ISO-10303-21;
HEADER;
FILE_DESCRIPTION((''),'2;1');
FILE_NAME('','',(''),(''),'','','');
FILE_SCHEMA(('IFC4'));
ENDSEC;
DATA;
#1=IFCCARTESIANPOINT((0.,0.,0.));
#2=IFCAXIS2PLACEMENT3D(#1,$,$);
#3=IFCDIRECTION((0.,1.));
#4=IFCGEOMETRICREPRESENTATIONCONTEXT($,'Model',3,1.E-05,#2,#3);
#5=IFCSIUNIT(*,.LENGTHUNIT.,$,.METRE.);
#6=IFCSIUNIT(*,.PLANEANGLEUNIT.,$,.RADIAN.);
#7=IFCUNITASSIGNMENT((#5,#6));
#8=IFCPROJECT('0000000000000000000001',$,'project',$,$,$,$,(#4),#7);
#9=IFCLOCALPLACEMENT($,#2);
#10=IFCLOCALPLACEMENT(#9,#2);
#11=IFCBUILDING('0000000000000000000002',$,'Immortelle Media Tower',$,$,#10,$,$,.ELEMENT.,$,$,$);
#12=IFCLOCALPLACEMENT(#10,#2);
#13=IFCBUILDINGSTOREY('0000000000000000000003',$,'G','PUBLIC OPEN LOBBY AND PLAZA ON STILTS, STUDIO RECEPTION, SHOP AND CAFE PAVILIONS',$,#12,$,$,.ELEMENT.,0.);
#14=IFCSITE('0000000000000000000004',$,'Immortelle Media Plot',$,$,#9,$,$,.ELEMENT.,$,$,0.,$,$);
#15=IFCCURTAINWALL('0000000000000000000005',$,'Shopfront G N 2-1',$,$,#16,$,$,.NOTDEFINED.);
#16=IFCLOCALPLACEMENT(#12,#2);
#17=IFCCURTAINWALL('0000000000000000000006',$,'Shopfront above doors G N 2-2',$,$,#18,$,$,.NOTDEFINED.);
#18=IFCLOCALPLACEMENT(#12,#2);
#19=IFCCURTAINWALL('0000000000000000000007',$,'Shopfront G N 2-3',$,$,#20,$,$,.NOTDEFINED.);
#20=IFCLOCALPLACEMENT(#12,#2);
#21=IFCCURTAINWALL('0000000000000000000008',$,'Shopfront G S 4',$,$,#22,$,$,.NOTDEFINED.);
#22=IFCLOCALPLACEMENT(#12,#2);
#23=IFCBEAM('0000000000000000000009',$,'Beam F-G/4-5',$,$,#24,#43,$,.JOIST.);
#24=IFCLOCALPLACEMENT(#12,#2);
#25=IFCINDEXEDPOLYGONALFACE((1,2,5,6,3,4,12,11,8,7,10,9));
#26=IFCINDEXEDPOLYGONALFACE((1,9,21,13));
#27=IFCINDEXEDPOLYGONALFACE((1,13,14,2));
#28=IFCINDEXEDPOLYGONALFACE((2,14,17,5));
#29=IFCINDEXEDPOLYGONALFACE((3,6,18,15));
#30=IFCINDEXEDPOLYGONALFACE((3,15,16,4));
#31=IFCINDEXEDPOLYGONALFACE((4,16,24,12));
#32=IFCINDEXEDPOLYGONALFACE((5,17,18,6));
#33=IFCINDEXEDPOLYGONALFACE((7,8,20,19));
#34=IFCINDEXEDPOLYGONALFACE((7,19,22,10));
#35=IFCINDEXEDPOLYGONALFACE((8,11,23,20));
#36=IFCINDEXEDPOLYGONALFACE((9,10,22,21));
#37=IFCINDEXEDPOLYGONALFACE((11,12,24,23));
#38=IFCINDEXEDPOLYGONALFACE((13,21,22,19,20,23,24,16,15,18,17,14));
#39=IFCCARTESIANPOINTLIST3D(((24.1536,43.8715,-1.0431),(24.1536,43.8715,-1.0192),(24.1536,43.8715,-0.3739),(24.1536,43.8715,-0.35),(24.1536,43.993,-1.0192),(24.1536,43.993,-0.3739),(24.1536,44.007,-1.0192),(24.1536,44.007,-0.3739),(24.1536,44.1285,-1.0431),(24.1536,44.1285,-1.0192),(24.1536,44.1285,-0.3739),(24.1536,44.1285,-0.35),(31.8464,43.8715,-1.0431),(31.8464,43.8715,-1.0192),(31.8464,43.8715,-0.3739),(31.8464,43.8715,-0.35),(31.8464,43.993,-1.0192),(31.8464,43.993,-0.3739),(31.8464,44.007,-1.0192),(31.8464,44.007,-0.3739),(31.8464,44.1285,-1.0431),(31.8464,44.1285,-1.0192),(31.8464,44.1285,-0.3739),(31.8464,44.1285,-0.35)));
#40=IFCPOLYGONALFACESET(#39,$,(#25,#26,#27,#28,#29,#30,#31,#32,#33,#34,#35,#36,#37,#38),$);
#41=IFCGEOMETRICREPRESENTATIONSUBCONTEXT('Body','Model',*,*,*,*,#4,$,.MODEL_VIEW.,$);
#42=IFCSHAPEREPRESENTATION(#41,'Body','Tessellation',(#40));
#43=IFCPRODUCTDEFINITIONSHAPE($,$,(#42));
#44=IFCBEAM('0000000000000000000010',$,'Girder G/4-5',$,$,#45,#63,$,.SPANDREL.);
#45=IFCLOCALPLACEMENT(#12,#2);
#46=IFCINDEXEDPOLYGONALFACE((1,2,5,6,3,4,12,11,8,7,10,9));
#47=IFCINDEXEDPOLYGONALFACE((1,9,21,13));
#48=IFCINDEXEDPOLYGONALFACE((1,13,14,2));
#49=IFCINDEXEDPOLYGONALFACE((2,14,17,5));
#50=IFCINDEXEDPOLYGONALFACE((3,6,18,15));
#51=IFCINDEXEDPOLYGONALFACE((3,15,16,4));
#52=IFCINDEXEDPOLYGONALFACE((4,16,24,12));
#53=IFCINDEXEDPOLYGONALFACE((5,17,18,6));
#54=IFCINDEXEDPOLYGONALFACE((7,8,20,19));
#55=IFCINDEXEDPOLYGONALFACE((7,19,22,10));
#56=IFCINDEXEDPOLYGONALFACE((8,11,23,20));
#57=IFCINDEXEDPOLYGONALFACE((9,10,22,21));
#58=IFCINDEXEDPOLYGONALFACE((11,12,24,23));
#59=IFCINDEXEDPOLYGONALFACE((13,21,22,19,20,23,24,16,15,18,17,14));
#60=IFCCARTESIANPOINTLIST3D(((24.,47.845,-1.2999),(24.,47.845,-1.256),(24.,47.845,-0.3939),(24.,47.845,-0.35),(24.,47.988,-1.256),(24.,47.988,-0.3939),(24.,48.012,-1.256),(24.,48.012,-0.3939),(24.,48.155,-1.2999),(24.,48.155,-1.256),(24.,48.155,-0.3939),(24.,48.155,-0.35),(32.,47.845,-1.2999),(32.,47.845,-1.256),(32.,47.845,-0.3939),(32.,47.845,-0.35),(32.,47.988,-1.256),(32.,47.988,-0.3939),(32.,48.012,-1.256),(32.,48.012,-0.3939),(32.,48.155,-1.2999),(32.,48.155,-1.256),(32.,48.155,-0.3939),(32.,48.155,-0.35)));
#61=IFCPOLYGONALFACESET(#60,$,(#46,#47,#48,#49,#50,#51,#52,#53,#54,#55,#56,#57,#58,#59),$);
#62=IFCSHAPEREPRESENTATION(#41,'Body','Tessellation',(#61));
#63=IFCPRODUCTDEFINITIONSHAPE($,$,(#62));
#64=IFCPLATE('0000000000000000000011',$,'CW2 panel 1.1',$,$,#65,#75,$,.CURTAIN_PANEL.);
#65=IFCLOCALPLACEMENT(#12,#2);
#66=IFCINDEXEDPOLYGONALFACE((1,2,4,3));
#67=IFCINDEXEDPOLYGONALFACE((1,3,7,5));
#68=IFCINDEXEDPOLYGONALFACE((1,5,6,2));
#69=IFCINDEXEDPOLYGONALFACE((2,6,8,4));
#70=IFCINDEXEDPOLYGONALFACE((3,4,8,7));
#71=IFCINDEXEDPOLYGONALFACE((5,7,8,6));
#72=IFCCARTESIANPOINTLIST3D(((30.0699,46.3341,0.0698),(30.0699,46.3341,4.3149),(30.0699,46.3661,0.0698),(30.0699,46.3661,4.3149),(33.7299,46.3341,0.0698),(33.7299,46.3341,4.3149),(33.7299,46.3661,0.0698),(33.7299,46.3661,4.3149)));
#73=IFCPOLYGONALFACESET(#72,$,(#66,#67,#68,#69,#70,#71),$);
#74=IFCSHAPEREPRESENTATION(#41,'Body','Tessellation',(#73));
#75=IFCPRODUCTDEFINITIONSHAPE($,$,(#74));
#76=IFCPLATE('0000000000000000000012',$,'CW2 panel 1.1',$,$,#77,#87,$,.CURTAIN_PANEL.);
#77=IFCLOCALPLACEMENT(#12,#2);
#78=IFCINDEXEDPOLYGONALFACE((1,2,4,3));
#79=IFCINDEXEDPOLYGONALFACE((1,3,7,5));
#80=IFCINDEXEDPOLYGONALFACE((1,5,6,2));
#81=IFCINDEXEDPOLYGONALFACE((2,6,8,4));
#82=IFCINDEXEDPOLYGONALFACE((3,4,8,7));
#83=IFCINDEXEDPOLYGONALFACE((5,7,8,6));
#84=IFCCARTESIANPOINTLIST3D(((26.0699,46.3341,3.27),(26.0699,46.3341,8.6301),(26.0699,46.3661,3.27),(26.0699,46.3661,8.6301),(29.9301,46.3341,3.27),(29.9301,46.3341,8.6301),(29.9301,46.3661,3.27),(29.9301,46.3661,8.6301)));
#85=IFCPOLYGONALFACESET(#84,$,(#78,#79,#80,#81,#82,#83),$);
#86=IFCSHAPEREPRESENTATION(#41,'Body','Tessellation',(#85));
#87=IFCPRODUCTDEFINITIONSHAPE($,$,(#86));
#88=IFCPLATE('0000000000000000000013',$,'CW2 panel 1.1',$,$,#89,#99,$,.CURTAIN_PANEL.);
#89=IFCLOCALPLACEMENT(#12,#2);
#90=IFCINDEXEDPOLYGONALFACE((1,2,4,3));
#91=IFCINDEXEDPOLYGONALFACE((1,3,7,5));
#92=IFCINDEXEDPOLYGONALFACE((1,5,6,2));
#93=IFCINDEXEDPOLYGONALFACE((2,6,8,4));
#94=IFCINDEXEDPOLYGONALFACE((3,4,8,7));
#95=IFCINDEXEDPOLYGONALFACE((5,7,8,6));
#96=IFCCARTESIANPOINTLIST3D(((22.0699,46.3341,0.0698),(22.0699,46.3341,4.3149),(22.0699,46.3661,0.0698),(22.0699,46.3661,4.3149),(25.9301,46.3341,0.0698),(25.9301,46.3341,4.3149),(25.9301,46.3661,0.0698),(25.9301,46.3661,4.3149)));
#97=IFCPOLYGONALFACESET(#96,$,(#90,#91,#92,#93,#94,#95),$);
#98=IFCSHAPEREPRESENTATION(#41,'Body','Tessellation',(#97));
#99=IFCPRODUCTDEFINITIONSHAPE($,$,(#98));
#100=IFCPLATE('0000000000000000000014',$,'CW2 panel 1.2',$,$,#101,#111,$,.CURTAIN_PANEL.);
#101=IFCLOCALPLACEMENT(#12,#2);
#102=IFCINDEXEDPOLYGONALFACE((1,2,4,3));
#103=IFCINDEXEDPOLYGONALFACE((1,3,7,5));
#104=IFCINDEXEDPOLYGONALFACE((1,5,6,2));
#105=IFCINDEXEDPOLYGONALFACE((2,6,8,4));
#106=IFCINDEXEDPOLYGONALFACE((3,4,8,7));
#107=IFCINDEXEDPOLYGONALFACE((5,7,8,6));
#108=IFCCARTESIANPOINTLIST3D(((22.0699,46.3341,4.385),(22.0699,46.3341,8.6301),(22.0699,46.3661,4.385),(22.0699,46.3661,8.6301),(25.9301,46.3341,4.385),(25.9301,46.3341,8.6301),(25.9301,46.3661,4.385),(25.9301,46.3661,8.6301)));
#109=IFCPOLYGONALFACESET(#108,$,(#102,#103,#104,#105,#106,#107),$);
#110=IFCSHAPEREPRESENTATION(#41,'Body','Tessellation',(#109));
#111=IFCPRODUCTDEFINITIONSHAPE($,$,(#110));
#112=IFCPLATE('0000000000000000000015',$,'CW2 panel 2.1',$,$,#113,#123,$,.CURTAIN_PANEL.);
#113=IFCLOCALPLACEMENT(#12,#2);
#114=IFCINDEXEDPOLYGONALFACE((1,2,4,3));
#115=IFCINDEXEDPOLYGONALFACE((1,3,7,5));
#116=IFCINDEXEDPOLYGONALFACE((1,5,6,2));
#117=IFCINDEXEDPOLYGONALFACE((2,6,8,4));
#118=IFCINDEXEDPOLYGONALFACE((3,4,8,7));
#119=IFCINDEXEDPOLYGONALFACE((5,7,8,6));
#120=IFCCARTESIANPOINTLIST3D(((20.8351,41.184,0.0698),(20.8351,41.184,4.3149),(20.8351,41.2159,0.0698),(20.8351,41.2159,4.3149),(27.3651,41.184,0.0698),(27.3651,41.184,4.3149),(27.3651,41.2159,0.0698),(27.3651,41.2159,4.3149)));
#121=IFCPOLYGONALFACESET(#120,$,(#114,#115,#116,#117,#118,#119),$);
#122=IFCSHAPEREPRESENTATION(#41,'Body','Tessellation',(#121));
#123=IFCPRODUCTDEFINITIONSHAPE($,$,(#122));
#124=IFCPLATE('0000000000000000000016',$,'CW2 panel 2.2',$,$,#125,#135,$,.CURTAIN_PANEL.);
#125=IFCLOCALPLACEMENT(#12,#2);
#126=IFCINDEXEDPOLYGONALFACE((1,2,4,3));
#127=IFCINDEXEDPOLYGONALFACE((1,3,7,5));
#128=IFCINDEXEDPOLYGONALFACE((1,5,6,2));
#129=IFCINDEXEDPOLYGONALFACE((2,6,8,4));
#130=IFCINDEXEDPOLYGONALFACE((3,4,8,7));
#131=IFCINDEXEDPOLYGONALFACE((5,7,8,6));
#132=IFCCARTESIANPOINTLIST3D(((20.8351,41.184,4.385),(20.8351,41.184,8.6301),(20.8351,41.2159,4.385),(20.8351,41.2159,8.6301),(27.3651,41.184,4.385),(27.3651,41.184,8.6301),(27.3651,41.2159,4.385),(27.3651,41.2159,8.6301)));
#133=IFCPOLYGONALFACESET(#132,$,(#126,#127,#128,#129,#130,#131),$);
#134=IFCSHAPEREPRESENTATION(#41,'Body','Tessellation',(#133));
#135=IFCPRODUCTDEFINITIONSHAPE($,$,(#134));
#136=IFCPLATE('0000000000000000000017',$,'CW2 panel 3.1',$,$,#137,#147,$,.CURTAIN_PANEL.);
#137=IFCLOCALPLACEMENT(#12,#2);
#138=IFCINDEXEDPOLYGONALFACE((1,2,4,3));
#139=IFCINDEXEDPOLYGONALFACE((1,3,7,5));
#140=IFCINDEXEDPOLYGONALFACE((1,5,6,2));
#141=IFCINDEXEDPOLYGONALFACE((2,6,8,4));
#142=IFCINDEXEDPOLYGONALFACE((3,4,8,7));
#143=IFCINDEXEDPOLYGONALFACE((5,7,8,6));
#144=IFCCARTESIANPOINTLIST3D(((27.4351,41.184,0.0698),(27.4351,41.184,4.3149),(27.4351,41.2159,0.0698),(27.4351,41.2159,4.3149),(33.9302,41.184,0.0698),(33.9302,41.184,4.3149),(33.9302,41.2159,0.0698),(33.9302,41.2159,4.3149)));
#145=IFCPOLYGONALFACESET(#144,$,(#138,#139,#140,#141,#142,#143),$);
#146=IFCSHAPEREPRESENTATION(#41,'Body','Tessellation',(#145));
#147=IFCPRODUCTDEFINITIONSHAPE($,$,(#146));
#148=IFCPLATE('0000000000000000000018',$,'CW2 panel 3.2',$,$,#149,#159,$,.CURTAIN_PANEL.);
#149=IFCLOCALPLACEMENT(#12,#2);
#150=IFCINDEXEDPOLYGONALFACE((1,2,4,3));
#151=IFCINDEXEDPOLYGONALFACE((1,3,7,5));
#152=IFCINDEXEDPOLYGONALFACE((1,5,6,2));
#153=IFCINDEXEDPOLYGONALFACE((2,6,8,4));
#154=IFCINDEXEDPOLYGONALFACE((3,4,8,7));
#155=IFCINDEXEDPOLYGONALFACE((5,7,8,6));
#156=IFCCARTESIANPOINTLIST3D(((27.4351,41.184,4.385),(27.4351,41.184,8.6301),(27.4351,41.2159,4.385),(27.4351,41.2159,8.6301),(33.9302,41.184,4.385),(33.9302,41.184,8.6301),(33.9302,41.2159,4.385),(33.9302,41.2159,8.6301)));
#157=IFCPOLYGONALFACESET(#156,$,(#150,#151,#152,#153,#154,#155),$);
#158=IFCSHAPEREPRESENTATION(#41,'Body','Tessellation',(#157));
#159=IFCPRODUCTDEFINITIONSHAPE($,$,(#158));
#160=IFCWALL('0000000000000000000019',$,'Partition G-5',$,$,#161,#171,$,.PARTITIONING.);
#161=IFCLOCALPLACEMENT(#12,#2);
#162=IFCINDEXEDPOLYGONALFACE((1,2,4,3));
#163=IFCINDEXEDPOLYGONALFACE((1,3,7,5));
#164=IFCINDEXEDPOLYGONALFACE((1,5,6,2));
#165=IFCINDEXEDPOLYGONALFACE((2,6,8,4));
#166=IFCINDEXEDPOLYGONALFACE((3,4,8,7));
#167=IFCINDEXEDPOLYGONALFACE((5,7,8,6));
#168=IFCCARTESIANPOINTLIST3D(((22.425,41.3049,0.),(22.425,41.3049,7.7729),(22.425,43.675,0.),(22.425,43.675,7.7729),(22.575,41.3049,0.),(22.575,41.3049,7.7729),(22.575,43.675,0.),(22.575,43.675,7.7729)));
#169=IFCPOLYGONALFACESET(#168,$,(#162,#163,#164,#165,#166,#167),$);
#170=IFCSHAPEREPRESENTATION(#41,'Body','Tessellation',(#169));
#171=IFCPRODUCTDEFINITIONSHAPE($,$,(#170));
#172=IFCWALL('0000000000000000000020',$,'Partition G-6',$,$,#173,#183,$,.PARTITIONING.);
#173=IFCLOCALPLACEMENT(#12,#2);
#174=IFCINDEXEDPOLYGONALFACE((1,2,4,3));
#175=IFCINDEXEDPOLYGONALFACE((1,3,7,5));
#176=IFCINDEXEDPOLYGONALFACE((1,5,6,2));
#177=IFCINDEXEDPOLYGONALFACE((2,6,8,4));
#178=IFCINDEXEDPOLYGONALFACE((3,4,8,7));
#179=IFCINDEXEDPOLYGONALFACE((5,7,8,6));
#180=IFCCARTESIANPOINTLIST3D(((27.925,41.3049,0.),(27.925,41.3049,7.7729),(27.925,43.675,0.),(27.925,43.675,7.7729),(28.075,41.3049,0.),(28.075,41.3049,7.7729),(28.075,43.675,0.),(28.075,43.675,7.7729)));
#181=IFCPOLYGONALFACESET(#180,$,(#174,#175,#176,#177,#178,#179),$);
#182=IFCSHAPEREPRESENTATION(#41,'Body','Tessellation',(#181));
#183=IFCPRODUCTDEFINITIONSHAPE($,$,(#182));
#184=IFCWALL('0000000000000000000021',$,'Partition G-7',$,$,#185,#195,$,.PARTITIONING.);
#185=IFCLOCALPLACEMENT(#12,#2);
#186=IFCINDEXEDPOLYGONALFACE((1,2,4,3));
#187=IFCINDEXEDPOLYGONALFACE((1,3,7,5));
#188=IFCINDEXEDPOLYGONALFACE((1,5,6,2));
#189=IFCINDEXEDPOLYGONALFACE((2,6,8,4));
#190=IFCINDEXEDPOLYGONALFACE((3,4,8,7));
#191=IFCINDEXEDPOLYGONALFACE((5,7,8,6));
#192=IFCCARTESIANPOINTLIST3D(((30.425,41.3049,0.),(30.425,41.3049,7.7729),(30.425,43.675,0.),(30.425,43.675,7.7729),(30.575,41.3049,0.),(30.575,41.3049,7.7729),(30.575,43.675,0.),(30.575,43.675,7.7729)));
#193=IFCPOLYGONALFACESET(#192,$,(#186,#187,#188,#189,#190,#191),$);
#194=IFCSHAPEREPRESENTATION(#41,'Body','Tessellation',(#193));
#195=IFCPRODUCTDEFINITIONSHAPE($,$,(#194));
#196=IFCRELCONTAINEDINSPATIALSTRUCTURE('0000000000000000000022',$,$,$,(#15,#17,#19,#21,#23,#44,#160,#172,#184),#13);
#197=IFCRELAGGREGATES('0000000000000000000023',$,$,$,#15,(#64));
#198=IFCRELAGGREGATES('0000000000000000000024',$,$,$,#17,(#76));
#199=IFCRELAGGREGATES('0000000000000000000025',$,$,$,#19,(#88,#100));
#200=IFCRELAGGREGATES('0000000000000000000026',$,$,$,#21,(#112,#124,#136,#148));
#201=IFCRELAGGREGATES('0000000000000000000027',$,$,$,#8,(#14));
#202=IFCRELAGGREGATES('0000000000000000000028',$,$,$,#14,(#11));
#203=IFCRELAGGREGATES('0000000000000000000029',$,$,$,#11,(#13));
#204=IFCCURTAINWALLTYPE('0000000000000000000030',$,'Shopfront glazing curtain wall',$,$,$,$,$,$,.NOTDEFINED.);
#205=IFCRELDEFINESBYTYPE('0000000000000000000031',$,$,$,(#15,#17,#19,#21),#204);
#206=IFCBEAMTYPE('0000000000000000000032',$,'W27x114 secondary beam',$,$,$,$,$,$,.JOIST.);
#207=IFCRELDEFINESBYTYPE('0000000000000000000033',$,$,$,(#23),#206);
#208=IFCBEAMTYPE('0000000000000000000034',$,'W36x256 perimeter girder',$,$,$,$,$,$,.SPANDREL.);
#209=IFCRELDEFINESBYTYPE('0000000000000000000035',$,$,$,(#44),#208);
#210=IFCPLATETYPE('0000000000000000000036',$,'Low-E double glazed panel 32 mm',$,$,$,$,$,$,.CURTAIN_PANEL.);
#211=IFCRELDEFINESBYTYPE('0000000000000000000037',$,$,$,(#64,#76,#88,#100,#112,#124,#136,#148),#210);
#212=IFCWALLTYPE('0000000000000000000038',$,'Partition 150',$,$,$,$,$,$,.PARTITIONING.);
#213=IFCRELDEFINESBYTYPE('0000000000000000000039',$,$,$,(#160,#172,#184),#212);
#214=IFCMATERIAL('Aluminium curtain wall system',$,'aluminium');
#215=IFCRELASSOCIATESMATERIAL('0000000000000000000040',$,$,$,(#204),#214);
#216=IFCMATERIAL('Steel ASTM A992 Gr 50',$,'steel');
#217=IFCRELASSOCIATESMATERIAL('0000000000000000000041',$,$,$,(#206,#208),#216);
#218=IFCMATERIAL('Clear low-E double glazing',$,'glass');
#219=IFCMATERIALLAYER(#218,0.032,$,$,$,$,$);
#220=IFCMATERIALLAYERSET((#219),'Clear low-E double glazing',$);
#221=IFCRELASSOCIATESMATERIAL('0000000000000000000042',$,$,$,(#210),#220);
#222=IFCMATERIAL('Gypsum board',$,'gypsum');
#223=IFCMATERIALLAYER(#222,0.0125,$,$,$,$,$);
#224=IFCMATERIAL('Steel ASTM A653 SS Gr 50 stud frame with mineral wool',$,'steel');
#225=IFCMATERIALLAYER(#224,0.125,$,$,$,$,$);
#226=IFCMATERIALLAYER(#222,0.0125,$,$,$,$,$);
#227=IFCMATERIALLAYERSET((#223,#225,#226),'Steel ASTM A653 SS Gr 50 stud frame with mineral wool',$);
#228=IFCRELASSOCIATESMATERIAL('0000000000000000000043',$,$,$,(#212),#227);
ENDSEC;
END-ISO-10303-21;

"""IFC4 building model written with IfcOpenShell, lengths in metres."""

from ifc_helpers import new_model, si_unit, direction, frame, frame_2d, origin, origin_2d, place, context, subcontext, project, spatial, rectangle, i_section, extrude, material, layer, layer_set, material_profile, profile_set, type_object, element, aggregate, save


model = new_model("IFC4")

# Units and contexts
model_context = context("Model", 3, precision=1e-05, world=origin(), true_north=direction((0.0, 1.0)))
body_context = subcontext(model_context, "Body", "Model", "MODEL_VIEW")
ifc_project = project(units=[si_unit("LENGTHUNIT", "METRE"), si_unit("PLANEANGLEUNIT", "RADIAN")], contexts=[model_context])

# Site, building, storey
site_placement = place(None, origin())
site = spatial("IfcSite", under=ifc_project, at=site_placement, Name="Immortelle Media Plot", CompositionType="ELEMENT", RefElevation=0.0)
building_placement = place(site_placement, origin())
building = spatial("IfcBuilding", under=site, at=building_placement, Name="Immortelle Media Tower", CompositionType="ELEMENT")
storey_placement = place(building_placement, origin())
storey = spatial("IfcBuildingStorey", under=building, at=storey_placement, Name="G", Description="PUBLIC OPEN LOBBY AND PLAZA ON STILTS, STUDIO RECEPTION, SHOP AND CAFE PAVILIONS", CompositionType="ELEMENT", Elevation=0.0)

# Curtain wall
ifc_material_1 = material(Name="Aluminium curtain wall system", Category="aluminium")
curtain_wall_type = type_object("IfcCurtainWallType", Name="Shopfront glazing curtain wall", PredefinedType="NOTDEFINED", material=ifc_material_1)
curtain_wall_1_placement = place(storey_placement, origin())
curtain_wall_1 = element("IfcCurtainWall", 1, at=curtain_wall_1_placement, inside=storey, type_object=curtain_wall_type, Name="Shopfront G N 2-1", PredefinedType="NOTDEFINED")

# Curtain wall
curtain_wall_2_placement = place(storey_placement, origin())
curtain_wall_2 = element("IfcCurtainWall", 2, at=curtain_wall_2_placement, inside=storey, type_object=curtain_wall_type, Name="Shopfront above doors G N 2-2", PredefinedType="NOTDEFINED")

# Curtain walls
curtain_wall_3_placement = place(storey_placement, origin())
curtain_wall_3 = element("IfcCurtainWall", 3, at=curtain_wall_3_placement, inside=storey, type_object=curtain_wall_type, Name="Shopfront G N 2-3", PredefinedType="NOTDEFINED")
curtain_wall_4_placement = place(storey_placement, origin())
curtain_wall_4 = element("IfcCurtainWall", 4, at=curtain_wall_4_placement, inside=storey, type_object=curtain_wall_type, Name="Shopfront G S 4", PredefinedType="NOTDEFINED")

# Beams
ifc_material_2 = material(Name="Steel ASTM A992 Gr 50", Category="steel")
ifc_material_profile_1 = material_profile(ifc_material_2, i_section(OverallWidth=0.2571, OverallDepth=0.6931, WebThickness=0.0139, FlangeThickness=0.0239, at=origin_2d()), Name="W27x114")
ifc_profile_set_1 = profile_set([ifc_material_profile_1], Name="Steel ASTM A992 Gr 50")
beam_type_1 = type_object("IfcBeamType", Name="W27x114 secondary beam", PredefinedType="JOIST", material=ifc_profile_set_1)
beam_1_placement = place(storey_placement, frame((24.1536, 44.0, -0.6965), z_axis=(1.0, 0.0, 0.0), x_axis=(0.0, 1.0, 0.0)))
element("IfcBeam", 5, at=beam_1_placement, inside=storey, type_object=beam_type_1, Name="Beam F-G/4-5", PredefinedType="JOIST", context=body_context, shape_type="SweptSolid", body=[
    extrude(i_section(OverallWidth=0.2571, OverallDepth=0.6931, WebThickness=0.0139, FlangeThickness=0.0239, at=origin_2d()), origin(), (0.0, 0.0, 1.0), 7.6929),
])
ifc_material_profile_2 = material_profile(ifc_material_2, i_section(OverallWidth=0.3101, OverallDepth=0.95, WebThickness=0.0239, FlangeThickness=0.0439, at=origin_2d()), Name="W36x256")
ifc_profile_set_2 = profile_set([ifc_material_profile_2], Name="Steel ASTM A992 Gr 50")
beam_type_2 = type_object("IfcBeamType", Name="W36x256 perimeter girder", PredefinedType="SPANDREL", material=ifc_profile_set_2)
beam_2_placement = place(storey_placement, frame((24.0, 48.0, -0.825), z_axis=(1.0, 0.0, 0.0), x_axis=(0.0, 1.0, 0.0)))
element("IfcBeam", 6, at=beam_2_placement, inside=storey, type_object=beam_type_2, Name="Girder G/4-5", PredefinedType="SPANDREL", context=body_context, shape_type="SweptSolid", body=[
    extrude(i_section(OverallWidth=0.3101, OverallDepth=0.95, WebThickness=0.0239, FlangeThickness=0.0439, at=origin_2d()), origin(), (0.0, 0.0, 1.0), 8.0),
])

# Plates
ifc_material_3 = material(Name="Clear low-E double glazing", Category="glass")
ifc_layer_1 = layer(ifc_material_3, 0.032)
ifc_layer_set_1 = layer_set([ifc_layer_1], Name="Clear low-E double glazing")
plate_type = type_object("IfcPlateType", Name="Low-E double glazed panel 32 mm", PredefinedType="CURTAIN_PANEL", material=ifc_layer_set_1)
plate_1_placement = place(storey_placement, frame((31.8999, 46.3501, 0.0698), z_axis=(0.0, 0.0, 1.0), x_axis=(-1.0, 0.0, 0.0)))
plate_1 = element("IfcPlate", 7, at=plate_1_placement, type_object=plate_type, Name="CW2 panel 1.1", PredefinedType="CURTAIN_PANEL", context=body_context, shape_type="SweptSolid", body=[
    extrude(rectangle(XDim=3.6599, YDim=0.032, at=origin_2d()), origin(), (0.0, 0.0, 1.0), 4.2451),
])
aggregate(curtain_wall_1, [plate_1])
plate_2_placement = place(storey_placement, frame((28.0, 46.3501, 3.27), z_axis=(0.0, 0.0, 1.0), x_axis=(-1.0, 0.0, 0.0)))
plate_2 = element("IfcPlate", 8, at=plate_2_placement, type_object=plate_type, Name="CW2 panel 1.1", PredefinedType="CURTAIN_PANEL", context=body_context, shape_type="SweptSolid", body=[
    extrude(rectangle(XDim=3.8601, YDim=0.032, at=origin_2d()), origin(), (0.0, 0.0, 1.0), 5.3601),
])
aggregate(curtain_wall_2, [plate_2])
plate_3_placement = place(storey_placement, frame((24.0, 46.3501, 0.0698), z_axis=(0.0, 0.0, 1.0), x_axis=(-1.0, 0.0, 0.0)))
plate_3 = element("IfcPlate", 9, at=plate_3_placement, type_object=plate_type, Name="CW2 panel 1.1", PredefinedType="CURTAIN_PANEL", context=body_context, shape_type="SweptSolid", body=[
    extrude(rectangle(XDim=3.8601, YDim=0.032, at=origin_2d()), origin(), (0.0, 0.0, 1.0), 4.2451),
])
plate_4_placement = place(storey_placement, frame((24.0, 46.3501, 4.385), z_axis=(0.0, 0.0, 1.0), x_axis=(-1.0, 0.0, 0.0)))
plate_4 = element("IfcPlate", 10, at=plate_4_placement, type_object=plate_type, Name="CW2 panel 1.2", PredefinedType="CURTAIN_PANEL", context=body_context, shape_type="SweptSolid", body=[
    extrude(rectangle(XDim=3.8601, YDim=0.032, at=origin_2d()), origin(), (0.0, 0.0, 1.0), 4.2451),
])
aggregate(curtain_wall_3, [plate_3, plate_4])
plate_5_placement = place(storey_placement, frame((24.1001, 41.2, 0.0698), z_axis=(0.0, 0.0, 1.0), x_axis=(1.0, 0.0, 0.0)))
plate_5 = element("IfcPlate", 11, at=plate_5_placement, type_object=plate_type, Name="CW2 panel 2.1", PredefinedType="CURTAIN_PANEL", context=body_context, shape_type="SweptSolid", body=[
    extrude(rectangle(XDim=6.53, YDim=0.032, at=origin_2d()), origin(), (0.0, 0.0, 1.0), 4.2451),
])
plate_6_placement = place(storey_placement, frame((24.1001, 41.2, 4.385), z_axis=(0.0, 0.0, 1.0), x_axis=(1.0, 0.0, 0.0)))
plate_6 = element("IfcPlate", 12, at=plate_6_placement, type_object=plate_type, Name="CW2 panel 2.2", PredefinedType="CURTAIN_PANEL", context=body_context, shape_type="SweptSolid", body=[
    extrude(rectangle(XDim=6.53, YDim=0.032, at=origin_2d()), origin(), (0.0, 0.0, 1.0), 4.2451),
])
plate_7_placement = place(storey_placement, frame((30.6826, 41.2, 0.0698), z_axis=(0.0, 0.0, 1.0), x_axis=(1.0, 0.0, 0.0)))
plate_7 = element("IfcPlate", 13, at=plate_7_placement, type_object=plate_type, Name="CW2 panel 3.1", PredefinedType="CURTAIN_PANEL", context=body_context, shape_type="SweptSolid", body=[
    extrude(rectangle(XDim=6.4951, YDim=0.032, at=origin_2d()), origin(), (0.0, 0.0, 1.0), 4.2451),
])
plate_8_placement = place(storey_placement, frame((30.6826, 41.2, 4.385), z_axis=(0.0, 0.0, 1.0), x_axis=(1.0, 0.0, 0.0)))
plate_8 = element("IfcPlate", 14, at=plate_8_placement, type_object=plate_type, Name="CW2 panel 3.2", PredefinedType="CURTAIN_PANEL", context=body_context, shape_type="SweptSolid", body=[
    extrude(rectangle(XDim=6.4951, YDim=0.032, at=origin_2d()), origin(), (0.0, 0.0, 1.0), 4.2451),
])
aggregate(curtain_wall_4, [plate_5, plate_6, plate_7, plate_8])

# Walls
ifc_material_4 = material(Name="Gypsum board", Category="gypsum")
ifc_layer_2 = layer(ifc_material_4, 0.0125)
ifc_material_5 = material(Name="Steel ASTM A653 SS Gr 50 stud frame with mineral wool", Category="steel")
ifc_layer_3 = layer(ifc_material_5, 0.125)
ifc_layer_4 = layer(ifc_material_4, 0.0125)
ifc_layer_set_2 = layer_set([ifc_layer_2, ifc_layer_3, ifc_layer_4], Name="Steel ASTM A653 SS Gr 50 stud frame with mineral wool")
wall_type_1 = type_object("IfcWallType", Name="Partition 150", PredefinedType="PARTITIONING", material=ifc_layer_set_2)
for number, where, z_axis, x_axis, name in (
    (15, (22.5, 41.3049, 0.0), (0.0, 0.0, 1.0), (0.0, 1.0, 0.0), "Partition G-5"),
    (16, (28.0, 41.3049, 0.0), (0.0, 0.0, 1.0), (0.0, 1.0, 0.0), "Partition G-6"),
    (17, (30.5, 41.3049, 0.0), (0.0, 0.0, 1.0), (0.0, 1.0, 0.0), "Partition G-7"),
):
    element("IfcWall", number, at=place(storey_placement, frame(where, z_axis=z_axis, x_axis=x_axis)), inside=storey, type_object=wall_type_1, Name=name, PredefinedType="PARTITIONING", context=body_context, shape_type="SweptSolid", body=[
        extrude(rectangle(XDim=2.3701, YDim=0.1499, at=frame_2d((1.1851, 0.0))), origin(), (0.0, 0.0, 1.0), 7.7729),
    ])

save(model, "model.ifc")
